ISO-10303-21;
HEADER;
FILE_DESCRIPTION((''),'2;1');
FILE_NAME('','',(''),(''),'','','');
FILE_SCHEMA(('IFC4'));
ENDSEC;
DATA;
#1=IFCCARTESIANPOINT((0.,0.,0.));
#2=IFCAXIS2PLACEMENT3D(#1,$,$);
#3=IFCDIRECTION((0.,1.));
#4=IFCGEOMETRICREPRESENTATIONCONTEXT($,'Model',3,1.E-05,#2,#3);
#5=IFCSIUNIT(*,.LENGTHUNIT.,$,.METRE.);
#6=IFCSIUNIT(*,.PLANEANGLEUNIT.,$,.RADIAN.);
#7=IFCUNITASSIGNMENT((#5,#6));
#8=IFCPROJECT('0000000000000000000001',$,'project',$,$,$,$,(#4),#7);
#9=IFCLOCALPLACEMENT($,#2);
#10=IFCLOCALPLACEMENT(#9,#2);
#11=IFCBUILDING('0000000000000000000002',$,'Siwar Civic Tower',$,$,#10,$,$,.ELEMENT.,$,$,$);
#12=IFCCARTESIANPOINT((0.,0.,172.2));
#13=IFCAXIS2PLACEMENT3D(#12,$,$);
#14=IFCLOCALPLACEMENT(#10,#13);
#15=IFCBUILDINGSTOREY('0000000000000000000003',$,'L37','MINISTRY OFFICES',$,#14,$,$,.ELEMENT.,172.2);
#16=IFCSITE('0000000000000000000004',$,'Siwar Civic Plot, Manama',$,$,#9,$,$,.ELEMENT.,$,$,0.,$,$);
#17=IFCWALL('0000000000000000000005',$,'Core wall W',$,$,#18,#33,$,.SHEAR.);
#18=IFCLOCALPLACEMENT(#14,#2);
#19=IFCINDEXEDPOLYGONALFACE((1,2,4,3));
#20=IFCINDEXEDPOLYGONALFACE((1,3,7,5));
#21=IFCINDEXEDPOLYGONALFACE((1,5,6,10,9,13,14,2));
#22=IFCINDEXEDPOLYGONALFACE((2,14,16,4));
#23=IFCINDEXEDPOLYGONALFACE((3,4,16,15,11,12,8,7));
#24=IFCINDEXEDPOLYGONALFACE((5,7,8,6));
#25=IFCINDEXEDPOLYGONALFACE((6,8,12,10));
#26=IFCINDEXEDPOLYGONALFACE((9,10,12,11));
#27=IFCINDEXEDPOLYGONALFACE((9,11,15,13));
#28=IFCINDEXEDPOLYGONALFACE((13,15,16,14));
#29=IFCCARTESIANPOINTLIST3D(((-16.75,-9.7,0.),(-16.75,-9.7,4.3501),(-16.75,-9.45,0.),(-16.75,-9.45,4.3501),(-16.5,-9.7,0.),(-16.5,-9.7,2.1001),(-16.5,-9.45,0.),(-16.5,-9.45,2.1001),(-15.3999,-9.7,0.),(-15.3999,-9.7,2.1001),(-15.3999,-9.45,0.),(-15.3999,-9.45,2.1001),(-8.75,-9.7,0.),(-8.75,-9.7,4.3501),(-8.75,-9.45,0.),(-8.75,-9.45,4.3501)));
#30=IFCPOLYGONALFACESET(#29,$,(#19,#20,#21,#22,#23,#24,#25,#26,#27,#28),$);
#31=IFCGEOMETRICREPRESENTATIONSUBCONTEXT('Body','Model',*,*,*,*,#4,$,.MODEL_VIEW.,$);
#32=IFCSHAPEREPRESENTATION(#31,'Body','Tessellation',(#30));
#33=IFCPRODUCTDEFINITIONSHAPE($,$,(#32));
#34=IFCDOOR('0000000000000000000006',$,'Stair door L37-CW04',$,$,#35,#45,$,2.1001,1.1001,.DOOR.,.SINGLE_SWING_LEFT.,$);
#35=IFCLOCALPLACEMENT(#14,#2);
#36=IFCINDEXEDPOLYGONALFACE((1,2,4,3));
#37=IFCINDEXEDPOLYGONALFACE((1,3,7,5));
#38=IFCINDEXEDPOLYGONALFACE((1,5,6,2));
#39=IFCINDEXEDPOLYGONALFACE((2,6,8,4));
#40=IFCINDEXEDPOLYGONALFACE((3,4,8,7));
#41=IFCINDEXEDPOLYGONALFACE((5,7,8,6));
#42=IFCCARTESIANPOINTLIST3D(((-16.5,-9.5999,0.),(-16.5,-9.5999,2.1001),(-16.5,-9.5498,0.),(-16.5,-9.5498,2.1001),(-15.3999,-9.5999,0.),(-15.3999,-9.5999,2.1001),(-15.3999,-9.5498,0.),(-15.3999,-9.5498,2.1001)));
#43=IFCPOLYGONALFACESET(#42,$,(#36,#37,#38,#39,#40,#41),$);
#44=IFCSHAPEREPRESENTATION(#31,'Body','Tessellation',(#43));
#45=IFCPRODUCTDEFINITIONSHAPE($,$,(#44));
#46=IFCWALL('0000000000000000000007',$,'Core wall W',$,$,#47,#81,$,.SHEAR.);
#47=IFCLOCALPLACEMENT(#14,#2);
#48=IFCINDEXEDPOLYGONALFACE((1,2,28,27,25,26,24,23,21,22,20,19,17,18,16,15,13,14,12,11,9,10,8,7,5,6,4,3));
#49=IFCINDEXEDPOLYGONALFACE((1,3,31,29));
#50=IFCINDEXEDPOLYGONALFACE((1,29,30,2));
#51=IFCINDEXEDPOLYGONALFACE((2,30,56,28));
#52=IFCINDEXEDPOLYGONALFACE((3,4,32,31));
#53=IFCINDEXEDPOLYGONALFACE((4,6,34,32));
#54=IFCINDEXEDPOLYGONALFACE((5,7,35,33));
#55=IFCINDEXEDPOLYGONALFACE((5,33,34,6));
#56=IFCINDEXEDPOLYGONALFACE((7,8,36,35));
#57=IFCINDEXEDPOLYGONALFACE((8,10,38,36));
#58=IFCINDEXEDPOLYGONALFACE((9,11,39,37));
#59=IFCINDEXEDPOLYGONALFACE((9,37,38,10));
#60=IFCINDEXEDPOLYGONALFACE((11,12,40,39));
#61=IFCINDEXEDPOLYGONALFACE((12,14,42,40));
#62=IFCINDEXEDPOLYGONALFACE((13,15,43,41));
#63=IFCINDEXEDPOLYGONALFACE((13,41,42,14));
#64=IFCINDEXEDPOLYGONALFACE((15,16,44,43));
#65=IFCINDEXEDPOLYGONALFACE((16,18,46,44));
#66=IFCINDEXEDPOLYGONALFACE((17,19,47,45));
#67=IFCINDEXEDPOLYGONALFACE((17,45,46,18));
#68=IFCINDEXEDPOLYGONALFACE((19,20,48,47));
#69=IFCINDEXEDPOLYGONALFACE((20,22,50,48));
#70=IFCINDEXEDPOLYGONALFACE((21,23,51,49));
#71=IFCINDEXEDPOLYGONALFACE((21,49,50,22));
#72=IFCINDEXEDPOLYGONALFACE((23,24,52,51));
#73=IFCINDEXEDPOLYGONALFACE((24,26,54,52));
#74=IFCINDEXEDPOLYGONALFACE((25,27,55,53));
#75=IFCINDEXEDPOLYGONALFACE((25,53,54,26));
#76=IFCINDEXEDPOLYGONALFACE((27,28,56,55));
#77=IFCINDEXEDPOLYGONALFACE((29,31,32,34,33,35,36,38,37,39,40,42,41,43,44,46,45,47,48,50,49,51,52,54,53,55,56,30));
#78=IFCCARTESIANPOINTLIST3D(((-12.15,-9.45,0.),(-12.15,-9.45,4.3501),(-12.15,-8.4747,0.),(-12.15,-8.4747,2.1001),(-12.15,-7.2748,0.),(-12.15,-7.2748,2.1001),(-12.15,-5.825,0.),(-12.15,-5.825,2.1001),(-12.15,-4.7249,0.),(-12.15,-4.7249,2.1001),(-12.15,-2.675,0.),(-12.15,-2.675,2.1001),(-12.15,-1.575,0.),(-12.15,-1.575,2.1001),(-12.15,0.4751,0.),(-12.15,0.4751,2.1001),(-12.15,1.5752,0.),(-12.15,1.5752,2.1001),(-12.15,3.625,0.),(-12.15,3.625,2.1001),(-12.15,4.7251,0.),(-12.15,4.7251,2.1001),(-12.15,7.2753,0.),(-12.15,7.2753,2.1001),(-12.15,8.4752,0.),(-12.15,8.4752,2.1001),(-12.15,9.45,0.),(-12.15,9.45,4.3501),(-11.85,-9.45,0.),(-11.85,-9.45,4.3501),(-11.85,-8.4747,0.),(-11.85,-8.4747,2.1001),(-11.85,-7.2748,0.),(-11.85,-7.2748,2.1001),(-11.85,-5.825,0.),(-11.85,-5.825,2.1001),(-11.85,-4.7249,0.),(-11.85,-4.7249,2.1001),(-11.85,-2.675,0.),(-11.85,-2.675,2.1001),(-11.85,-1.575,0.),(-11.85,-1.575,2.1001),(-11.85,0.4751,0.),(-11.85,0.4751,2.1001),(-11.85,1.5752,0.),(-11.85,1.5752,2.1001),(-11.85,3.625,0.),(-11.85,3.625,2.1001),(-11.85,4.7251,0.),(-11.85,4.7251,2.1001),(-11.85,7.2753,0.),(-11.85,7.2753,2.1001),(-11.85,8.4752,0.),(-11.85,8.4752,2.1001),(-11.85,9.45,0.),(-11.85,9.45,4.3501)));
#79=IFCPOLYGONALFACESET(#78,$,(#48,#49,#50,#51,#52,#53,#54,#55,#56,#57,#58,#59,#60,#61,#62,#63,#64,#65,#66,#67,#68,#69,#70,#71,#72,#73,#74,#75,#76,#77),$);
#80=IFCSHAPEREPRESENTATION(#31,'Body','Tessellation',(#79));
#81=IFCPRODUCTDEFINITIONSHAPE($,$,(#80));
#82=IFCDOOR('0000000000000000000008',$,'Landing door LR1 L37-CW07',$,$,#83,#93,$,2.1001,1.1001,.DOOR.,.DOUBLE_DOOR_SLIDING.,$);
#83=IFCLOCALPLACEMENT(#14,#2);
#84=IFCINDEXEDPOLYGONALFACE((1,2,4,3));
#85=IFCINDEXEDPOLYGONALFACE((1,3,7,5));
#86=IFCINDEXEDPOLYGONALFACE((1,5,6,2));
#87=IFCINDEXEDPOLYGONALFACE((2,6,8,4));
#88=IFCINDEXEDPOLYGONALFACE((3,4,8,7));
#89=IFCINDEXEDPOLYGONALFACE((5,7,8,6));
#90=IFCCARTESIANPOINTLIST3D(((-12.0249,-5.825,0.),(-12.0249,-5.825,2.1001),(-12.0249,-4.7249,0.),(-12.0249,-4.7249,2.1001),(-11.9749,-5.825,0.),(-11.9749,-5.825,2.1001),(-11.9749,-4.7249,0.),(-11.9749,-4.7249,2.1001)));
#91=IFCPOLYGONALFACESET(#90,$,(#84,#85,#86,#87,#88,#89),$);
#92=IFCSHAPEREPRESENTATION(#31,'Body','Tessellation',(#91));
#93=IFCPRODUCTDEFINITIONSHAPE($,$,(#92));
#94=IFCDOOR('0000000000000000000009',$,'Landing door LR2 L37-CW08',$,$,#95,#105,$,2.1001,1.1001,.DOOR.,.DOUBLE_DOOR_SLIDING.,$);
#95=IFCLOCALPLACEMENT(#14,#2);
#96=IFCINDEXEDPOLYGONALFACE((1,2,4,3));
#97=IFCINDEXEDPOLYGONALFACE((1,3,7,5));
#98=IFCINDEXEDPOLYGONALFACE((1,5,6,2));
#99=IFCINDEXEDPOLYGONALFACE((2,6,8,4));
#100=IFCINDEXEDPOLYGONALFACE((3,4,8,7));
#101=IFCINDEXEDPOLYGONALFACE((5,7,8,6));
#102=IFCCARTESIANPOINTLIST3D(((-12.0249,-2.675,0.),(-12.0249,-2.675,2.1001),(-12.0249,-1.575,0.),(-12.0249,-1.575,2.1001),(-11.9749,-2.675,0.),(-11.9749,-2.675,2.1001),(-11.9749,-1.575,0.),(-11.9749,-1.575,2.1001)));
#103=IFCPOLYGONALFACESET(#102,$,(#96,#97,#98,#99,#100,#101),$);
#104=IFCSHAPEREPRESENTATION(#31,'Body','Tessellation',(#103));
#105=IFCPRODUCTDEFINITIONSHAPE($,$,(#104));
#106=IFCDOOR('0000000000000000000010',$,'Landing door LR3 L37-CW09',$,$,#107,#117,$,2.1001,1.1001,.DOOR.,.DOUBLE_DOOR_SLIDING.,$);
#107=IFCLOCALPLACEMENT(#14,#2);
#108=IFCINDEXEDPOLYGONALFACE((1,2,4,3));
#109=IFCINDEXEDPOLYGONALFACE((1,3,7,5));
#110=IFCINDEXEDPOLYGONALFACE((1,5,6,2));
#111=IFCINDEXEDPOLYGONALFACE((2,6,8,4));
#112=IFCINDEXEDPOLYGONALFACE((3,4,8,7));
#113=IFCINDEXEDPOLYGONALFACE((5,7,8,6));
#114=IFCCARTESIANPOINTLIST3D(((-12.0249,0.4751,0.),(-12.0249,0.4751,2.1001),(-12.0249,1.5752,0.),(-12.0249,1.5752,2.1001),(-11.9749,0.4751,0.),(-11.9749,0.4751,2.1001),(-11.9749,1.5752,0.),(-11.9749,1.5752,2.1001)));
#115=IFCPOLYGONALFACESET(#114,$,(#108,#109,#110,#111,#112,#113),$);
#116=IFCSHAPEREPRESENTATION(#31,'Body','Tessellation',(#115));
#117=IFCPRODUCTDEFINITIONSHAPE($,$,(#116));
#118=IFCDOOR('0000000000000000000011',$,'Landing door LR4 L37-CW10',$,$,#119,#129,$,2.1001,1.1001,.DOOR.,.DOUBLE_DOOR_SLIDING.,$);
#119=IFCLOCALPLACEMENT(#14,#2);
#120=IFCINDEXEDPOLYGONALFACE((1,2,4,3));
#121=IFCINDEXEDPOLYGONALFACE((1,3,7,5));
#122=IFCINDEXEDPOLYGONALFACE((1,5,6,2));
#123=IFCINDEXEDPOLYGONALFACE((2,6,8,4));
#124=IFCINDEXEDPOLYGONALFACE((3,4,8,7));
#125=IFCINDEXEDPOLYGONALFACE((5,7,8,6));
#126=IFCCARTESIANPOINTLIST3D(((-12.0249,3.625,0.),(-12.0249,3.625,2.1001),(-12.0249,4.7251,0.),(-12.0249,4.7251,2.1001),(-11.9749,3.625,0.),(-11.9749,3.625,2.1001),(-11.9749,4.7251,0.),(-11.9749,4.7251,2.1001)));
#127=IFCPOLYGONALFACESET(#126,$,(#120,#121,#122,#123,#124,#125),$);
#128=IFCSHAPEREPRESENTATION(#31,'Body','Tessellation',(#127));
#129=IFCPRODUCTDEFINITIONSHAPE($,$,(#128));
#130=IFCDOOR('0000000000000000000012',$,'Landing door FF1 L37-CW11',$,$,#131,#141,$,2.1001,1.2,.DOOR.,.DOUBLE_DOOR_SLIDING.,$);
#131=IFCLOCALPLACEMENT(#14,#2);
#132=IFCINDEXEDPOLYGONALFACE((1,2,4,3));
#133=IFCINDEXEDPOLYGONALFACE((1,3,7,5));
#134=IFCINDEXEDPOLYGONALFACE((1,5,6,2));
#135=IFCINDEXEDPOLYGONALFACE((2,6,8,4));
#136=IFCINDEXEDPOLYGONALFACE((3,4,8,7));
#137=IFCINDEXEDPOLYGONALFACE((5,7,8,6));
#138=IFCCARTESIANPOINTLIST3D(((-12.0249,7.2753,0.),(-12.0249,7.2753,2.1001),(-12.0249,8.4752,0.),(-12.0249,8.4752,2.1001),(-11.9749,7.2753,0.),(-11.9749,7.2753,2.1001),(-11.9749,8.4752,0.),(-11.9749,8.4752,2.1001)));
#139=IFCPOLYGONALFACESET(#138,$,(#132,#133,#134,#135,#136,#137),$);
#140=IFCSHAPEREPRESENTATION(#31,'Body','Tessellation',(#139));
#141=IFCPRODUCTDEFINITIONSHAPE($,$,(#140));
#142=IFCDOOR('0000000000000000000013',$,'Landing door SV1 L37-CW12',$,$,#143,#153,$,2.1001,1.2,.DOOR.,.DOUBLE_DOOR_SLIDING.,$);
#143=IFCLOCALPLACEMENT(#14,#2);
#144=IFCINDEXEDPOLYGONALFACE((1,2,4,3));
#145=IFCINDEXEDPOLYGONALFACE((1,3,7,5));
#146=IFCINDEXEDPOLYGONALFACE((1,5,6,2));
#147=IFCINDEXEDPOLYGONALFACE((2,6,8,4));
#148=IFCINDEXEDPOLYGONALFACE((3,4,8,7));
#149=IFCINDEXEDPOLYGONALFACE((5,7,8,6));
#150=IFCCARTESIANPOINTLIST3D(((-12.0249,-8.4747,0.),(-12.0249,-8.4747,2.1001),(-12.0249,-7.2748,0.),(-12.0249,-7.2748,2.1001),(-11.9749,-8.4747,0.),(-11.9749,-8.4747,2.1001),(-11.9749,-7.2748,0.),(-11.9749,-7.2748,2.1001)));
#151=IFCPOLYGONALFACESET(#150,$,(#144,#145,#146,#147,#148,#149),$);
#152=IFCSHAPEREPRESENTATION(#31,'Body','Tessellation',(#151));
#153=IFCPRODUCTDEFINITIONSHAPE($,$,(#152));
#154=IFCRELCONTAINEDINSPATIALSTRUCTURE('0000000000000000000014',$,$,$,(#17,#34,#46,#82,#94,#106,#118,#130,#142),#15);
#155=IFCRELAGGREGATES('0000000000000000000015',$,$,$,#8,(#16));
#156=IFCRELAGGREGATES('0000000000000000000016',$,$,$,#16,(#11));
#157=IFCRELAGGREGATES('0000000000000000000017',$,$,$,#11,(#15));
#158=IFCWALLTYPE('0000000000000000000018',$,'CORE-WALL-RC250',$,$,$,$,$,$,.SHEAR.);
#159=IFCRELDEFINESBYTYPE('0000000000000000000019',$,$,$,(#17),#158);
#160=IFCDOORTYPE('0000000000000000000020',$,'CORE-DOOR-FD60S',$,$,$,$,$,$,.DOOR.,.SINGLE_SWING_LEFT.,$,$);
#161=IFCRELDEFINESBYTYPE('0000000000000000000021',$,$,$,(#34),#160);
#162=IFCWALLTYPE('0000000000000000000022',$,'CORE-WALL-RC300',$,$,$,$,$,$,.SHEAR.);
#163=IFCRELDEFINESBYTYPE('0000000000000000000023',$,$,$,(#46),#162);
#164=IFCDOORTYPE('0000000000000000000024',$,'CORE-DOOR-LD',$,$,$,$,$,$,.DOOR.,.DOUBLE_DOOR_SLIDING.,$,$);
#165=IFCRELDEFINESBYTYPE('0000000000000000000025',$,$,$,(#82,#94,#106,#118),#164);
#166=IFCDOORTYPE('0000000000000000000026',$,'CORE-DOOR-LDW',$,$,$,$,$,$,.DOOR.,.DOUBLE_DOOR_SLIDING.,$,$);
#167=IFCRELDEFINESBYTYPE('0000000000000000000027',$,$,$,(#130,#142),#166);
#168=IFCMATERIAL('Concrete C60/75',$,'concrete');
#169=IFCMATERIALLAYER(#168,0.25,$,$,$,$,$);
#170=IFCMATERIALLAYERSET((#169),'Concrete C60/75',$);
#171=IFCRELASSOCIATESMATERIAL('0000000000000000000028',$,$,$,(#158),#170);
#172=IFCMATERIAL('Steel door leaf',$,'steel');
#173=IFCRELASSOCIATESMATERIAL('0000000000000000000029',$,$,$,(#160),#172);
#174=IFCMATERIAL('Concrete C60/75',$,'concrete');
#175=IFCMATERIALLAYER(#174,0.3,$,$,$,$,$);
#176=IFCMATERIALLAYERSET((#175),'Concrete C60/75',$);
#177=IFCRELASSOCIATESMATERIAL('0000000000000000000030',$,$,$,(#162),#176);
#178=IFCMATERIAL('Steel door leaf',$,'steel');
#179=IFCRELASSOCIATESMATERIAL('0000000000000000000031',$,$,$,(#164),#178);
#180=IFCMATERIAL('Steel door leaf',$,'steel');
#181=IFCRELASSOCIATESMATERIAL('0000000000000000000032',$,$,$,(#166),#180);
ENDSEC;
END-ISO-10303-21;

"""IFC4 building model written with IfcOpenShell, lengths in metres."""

from ifc_helpers import new_model, si_unit, direction, frame, frame_2d, origin, place, context, subcontext, project, spatial, rectangle, extrude, material, layer, layer_set, type_object, element, fill, save


model = new_model("IFC4")

# Units and contexts
model_context = context("Model", 3, precision=1e-05, world=origin(), true_north=direction((0.0, 1.0)))
body_context = subcontext(model_context, "Body", "Model", "MODEL_VIEW")
ifc_project = project(units=[si_unit("LENGTHUNIT", "METRE"), si_unit("PLANEANGLEUNIT", "RADIAN")], contexts=[model_context])

# Site, building, storey
site_placement = place(None, origin())
site = spatial("IfcSite", under=ifc_project, at=site_placement, Name="Siwar Civic Plot, Manama", CompositionType="ELEMENT", RefElevation=0.0)
building_placement = place(site_placement, origin())
building = spatial("IfcBuilding", under=site, at=building_placement, Name="Siwar Civic Tower", CompositionType="ELEMENT")
storey_placement = place(building_placement, frame((0.0, 0.0, 172.2)))
storey = spatial("IfcBuildingStorey", under=building, at=storey_placement, Name="L37", Description="MINISTRY OFFICES", CompositionType="ELEMENT", Elevation=172.2)

# Wall, opening, door
ifc_material_1 = material(Name="Concrete C60/75", Category="concrete")
ifc_layer_1 = layer(ifc_material_1, 0.25)
ifc_layer_set_1 = layer_set([ifc_layer_1], Name="Concrete C60/75")
wall_type_1 = type_object("IfcWallType", Name="CORE-WALL-RC250", PredefinedType="SHEAR", material=ifc_layer_set_1)
wall_1_placement = place(storey_placement, frame((-8.75, -9.575, 0.0), z_axis=(0.0, 0.0, 1.0), x_axis=(-1.0, 0.0, 0.0)))
wall_1 = element("IfcWall", 1, at=wall_1_placement, inside=storey, type_object=wall_type_1, Name="Core wall W", PredefinedType="SHEAR", context=body_context, shape_type="SweptSolid", body=[
    extrude(rectangle(XDim=8.0, YDim=0.25, at=frame_2d((4.0, 0.0))), origin(), (0.0, 0.0, 1.0), 4.3501),
])
opening_1_placement = place(wall_1_placement, frame((6.6499, 0.0, 0.0)))
opening_1 = element("IfcOpeningElement", 2, at=opening_1_placement, cuts=wall_1, PredefinedType="OPENING", context=body_context, shape_type="SweptSolid", body=[
    extrude(rectangle(XDim=1.1001, YDim=2.1001, at=frame_2d((0.55, 1.05))), frame((0.0, 0.135, 0.0), z_axis=(0.0, -1.0, 0.0), x_axis=(1.0, 0.0, 0.0)), (0.0, 0.0, 1.0), 0.27),
])
ifc_material_2 = material(Name="Steel door leaf", Category="steel")
door_type_1 = type_object("IfcDoorType", Name="CORE-DOOR-FD60S", OperationType="SINGLE_SWING_LEFT", PredefinedType="DOOR", material=ifc_material_2)
door_1_placement = place(opening_1_placement, origin())
door_1 = element("IfcDoor", 3, at=door_1_placement, inside=storey, type_object=door_type_1, Name="Stair door L37-CW04", OperationType="SINGLE_SWING_LEFT", OverallHeight=2.1001, OverallWidth=1.1001, PredefinedType="DOOR", context=body_context, shape_type="SweptSolid", body=[
    extrude(rectangle(XDim=1.1001, YDim=2.1001, at=frame_2d((0.55, 1.05))), frame((0.0, 0.0249, 0.0), z_axis=(0.0, -1.0, 0.0), x_axis=(1.0, 0.0, 0.0)), (0.0, 0.0, 1.0), 0.05),
])
fill(opening_1, door_1)

# Wall, openings, doors
ifc_material_3 = material(Name="Concrete C60/75", Category="concrete")
ifc_layer_2 = layer(ifc_material_3, 0.3)
ifc_layer_set_2 = layer_set([ifc_layer_2], Name="Concrete C60/75")
wall_type_2 = type_object("IfcWallType", Name="CORE-WALL-RC300", PredefinedType="SHEAR", material=ifc_layer_set_2)
wall_2_placement = place(storey_placement, frame((-12.0, -9.45, 0.0), z_axis=(0.0, 0.0, 1.0), x_axis=(0.0, 1.0, 0.0)))
wall_2 = element("IfcWall", 4, at=wall_2_placement, inside=storey, type_object=wall_type_2, Name="Core wall W", PredefinedType="SHEAR", context=body_context, shape_type="SweptSolid", body=[
    extrude(rectangle(XDim=18.8999, YDim=0.3, at=frame_2d((9.45, 0.0))), origin(), (0.0, 0.0, 1.0), 4.3501),
])
opening_2_placement = place(wall_2_placement, frame((3.625, 0.0, 0.0)))
opening_2 = element("IfcOpeningElement", 5, at=opening_2_placement, cuts=wall_2, PredefinedType="OPENING", context=body_context, shape_type="SweptSolid", body=[
    extrude(rectangle(XDim=1.1001, YDim=2.1001, at=frame_2d((0.55, 1.05))), frame((0.0, 0.1602, 0.0), z_axis=(0.0, -1.0, 0.0), x_axis=(1.0, 0.0, 0.0)), (0.0, 0.0, 1.0), 0.3201),
])
opening_3_placement = place(wall_2_placement, frame((6.7749, 0.0, 0.0)))
opening_3 = element("IfcOpeningElement", 6, at=opening_3_placement, cuts=wall_2, PredefinedType="OPENING", context=body_context, shape_type="SweptSolid", body=[
    extrude(rectangle(XDim=1.1001, YDim=2.1001, at=frame_2d((0.55, 1.05))), frame((0.0, 0.1602, 0.0), z_axis=(0.0, -1.0, 0.0), x_axis=(1.0, 0.0, 0.0)), (0.0, 0.0, 1.0), 0.3201),
])
opening_4_placement = place(wall_2_placement, frame((9.925, 0.0, 0.0)))
opening_4 = element("IfcOpeningElement", 7, at=opening_4_placement, cuts=wall_2, PredefinedType="OPENING", context=body_context, shape_type="SweptSolid", body=[
    extrude(rectangle(XDim=1.1001, YDim=2.1001, at=frame_2d((0.55, 1.05))), frame((0.0, 0.1602, 0.0), z_axis=(0.0, -1.0, 0.0), x_axis=(1.0, 0.0, 0.0)), (0.0, 0.0, 1.0), 0.3201),
])
opening_5_placement = place(wall_2_placement, frame((13.075, 0.0, 0.0)))
opening_5 = element("IfcOpeningElement", 8, at=opening_5_placement, cuts=wall_2, PredefinedType="OPENING", context=body_context, shape_type="SweptSolid", body=[
    extrude(rectangle(XDim=1.1001, YDim=2.1001, at=frame_2d((0.55, 1.05))), frame((0.0, 0.1602, 0.0), z_axis=(0.0, -1.0, 0.0), x_axis=(1.0, 0.0, 0.0)), (0.0, 0.0, 1.0), 0.3201),
])
opening_6_placement = place(wall_2_placement, frame((16.7251, 0.0, 0.0)))
opening_6 = element("IfcOpeningElement", 9, at=opening_6_placement, cuts=wall_2, PredefinedType="OPENING", context=body_context, shape_type="SweptSolid", body=[
    extrude(rectangle(XDim=1.2, YDim=2.1001, at=frame_2d((0.6001, 1.05))), frame((0.0, 0.1602, 0.0), z_axis=(0.0, -1.0, 0.0), x_axis=(1.0, 0.0, 0.0)), (0.0, 0.0, 1.0), 0.3201),
])
opening_7_placement = place(wall_2_placement, frame((0.9751, 0.0, 0.0)))
opening_7 = element("IfcOpeningElement", 10, at=opening_7_placement, cuts=wall_2, PredefinedType="OPENING", context=body_context, shape_type="SweptSolid", body=[
    extrude(rectangle(XDim=1.2, YDim=2.1001, at=frame_2d((0.6001, 1.05))), frame((0.0, 0.1602, 0.0), z_axis=(0.0, -1.0, 0.0), x_axis=(1.0, 0.0, 0.0)), (0.0, 0.0, 1.0), 0.3201),
])
ifc_material_4 = material(Name="Steel door leaf", Category="steel")
door_type_2 = type_object("IfcDoorType", Name="CORE-DOOR-LD", OperationType="DOUBLE_DOOR_SLIDING", PredefinedType="DOOR", material=ifc_material_4)
door_2_placement = place(opening_2_placement, origin())
door_2 = element("IfcDoor", 11, at=door_2_placement, inside=storey, type_object=door_type_2, Name="Landing door LR1 L37-CW07", OperationType="DOUBLE_DOOR_SLIDING", OverallHeight=2.1001, OverallWidth=1.1001, PredefinedType="DOOR", context=body_context, shape_type="SweptSolid", body=[
    extrude(rectangle(XDim=1.1001, YDim=2.1001, at=frame_2d((0.55, 1.05))), frame((0.0, 0.0249, 0.0), z_axis=(0.0, -1.0, 0.0), x_axis=(1.0, 0.0, 0.0)), (0.0, 0.0, 1.0), 0.05),
])
fill(opening_2, door_2)
door_3_placement = place(opening_3_placement, origin())
door_3 = element("IfcDoor", 12, at=door_3_placement, inside=storey, type_object=door_type_2, Name="Landing door LR2 L37-CW08", OperationType="DOUBLE_DOOR_SLIDING", OverallHeight=2.1001, OverallWidth=1.1001, PredefinedType="DOOR", context=body_context, shape_type="SweptSolid", body=[
    extrude(rectangle(XDim=1.1001, YDim=2.1001, at=frame_2d((0.55, 1.05))), frame((0.0, 0.0249, 0.0), z_axis=(0.0, -1.0, 0.0), x_axis=(1.0, 0.0, 0.0)), (0.0, 0.0, 1.0), 0.05),
])
fill(opening_3, door_3)
door_4_placement = place(opening_4_placement, origin())
door_4 = element("IfcDoor", 13, at=door_4_placement, inside=storey, type_object=door_type_2, Name="Landing door LR3 L37-CW09", OperationType="DOUBLE_DOOR_SLIDING", OverallHeight=2.1001, OverallWidth=1.1001, PredefinedType="DOOR", context=body_context, shape_type="SweptSolid", body=[
    extrude(rectangle(XDim=1.1001, YDim=2.1001, at=frame_2d((0.55, 1.05))), frame((0.0, 0.0249, 0.0), z_axis=(0.0, -1.0, 0.0), x_axis=(1.0, 0.0, 0.0)), (0.0, 0.0, 1.0), 0.05),
])
fill(opening_4, door_4)
door_5_placement = place(opening_5_placement, origin())
door_5 = element("IfcDoor", 14, at=door_5_placement, inside=storey, type_object=door_type_2, Name="Landing door LR4 L37-CW10", OperationType="DOUBLE_DOOR_SLIDING", OverallHeight=2.1001, OverallWidth=1.1001, PredefinedType="DOOR", context=body_context, shape_type="SweptSolid", body=[
    extrude(rectangle(XDim=1.1001, YDim=2.1001, at=frame_2d((0.55, 1.05))), frame((0.0, 0.0249, 0.0), z_axis=(0.0, -1.0, 0.0), x_axis=(1.0, 0.0, 0.0)), (0.0, 0.0, 1.0), 0.05),
])
fill(opening_5, door_5)
ifc_material_5 = material(Name="Steel door leaf", Category="steel")
door_type_3 = type_object("IfcDoorType", Name="CORE-DOOR-LDW", OperationType="DOUBLE_DOOR_SLIDING", PredefinedType="DOOR", material=ifc_material_5)
door_6_placement = place(opening_6_placement, origin())
door_6 = element("IfcDoor", 15, at=door_6_placement, inside=storey, type_object=door_type_3, Name="Landing door FF1 L37-CW11", OperationType="DOUBLE_DOOR_SLIDING", OverallHeight=2.1001, OverallWidth=1.2, PredefinedType="DOOR", context=body_context, shape_type="SweptSolid", body=[
    extrude(rectangle(XDim=1.2, YDim=2.1001, at=frame_2d((0.6001, 1.05))), frame((0.0, 0.0249, 0.0), z_axis=(0.0, -1.0, 0.0), x_axis=(1.0, 0.0, 0.0)), (0.0, 0.0, 1.0), 0.05),
])
fill(opening_6, door_6)
door_7_placement = place(opening_7_placement, origin())
door_7 = element("IfcDoor", 16, at=door_7_placement, inside=storey, type_object=door_type_3, Name="Landing door SV1 L37-CW12", OperationType="DOUBLE_DOOR_SLIDING", OverallHeight=2.1001, OverallWidth=1.2, PredefinedType="DOOR", context=body_context, shape_type="SweptSolid", body=[
    extrude(rectangle(XDim=1.2, YDim=2.1001, at=frame_2d((0.6001, 1.05))), frame((0.0, 0.0249, 0.0), z_axis=(0.0, -1.0, 0.0), x_axis=(1.0, 0.0, 0.0)), (0.0, 0.0, 1.0), 0.05),
])
fill(opening_7, door_7)

save(model, "model.ifc")
